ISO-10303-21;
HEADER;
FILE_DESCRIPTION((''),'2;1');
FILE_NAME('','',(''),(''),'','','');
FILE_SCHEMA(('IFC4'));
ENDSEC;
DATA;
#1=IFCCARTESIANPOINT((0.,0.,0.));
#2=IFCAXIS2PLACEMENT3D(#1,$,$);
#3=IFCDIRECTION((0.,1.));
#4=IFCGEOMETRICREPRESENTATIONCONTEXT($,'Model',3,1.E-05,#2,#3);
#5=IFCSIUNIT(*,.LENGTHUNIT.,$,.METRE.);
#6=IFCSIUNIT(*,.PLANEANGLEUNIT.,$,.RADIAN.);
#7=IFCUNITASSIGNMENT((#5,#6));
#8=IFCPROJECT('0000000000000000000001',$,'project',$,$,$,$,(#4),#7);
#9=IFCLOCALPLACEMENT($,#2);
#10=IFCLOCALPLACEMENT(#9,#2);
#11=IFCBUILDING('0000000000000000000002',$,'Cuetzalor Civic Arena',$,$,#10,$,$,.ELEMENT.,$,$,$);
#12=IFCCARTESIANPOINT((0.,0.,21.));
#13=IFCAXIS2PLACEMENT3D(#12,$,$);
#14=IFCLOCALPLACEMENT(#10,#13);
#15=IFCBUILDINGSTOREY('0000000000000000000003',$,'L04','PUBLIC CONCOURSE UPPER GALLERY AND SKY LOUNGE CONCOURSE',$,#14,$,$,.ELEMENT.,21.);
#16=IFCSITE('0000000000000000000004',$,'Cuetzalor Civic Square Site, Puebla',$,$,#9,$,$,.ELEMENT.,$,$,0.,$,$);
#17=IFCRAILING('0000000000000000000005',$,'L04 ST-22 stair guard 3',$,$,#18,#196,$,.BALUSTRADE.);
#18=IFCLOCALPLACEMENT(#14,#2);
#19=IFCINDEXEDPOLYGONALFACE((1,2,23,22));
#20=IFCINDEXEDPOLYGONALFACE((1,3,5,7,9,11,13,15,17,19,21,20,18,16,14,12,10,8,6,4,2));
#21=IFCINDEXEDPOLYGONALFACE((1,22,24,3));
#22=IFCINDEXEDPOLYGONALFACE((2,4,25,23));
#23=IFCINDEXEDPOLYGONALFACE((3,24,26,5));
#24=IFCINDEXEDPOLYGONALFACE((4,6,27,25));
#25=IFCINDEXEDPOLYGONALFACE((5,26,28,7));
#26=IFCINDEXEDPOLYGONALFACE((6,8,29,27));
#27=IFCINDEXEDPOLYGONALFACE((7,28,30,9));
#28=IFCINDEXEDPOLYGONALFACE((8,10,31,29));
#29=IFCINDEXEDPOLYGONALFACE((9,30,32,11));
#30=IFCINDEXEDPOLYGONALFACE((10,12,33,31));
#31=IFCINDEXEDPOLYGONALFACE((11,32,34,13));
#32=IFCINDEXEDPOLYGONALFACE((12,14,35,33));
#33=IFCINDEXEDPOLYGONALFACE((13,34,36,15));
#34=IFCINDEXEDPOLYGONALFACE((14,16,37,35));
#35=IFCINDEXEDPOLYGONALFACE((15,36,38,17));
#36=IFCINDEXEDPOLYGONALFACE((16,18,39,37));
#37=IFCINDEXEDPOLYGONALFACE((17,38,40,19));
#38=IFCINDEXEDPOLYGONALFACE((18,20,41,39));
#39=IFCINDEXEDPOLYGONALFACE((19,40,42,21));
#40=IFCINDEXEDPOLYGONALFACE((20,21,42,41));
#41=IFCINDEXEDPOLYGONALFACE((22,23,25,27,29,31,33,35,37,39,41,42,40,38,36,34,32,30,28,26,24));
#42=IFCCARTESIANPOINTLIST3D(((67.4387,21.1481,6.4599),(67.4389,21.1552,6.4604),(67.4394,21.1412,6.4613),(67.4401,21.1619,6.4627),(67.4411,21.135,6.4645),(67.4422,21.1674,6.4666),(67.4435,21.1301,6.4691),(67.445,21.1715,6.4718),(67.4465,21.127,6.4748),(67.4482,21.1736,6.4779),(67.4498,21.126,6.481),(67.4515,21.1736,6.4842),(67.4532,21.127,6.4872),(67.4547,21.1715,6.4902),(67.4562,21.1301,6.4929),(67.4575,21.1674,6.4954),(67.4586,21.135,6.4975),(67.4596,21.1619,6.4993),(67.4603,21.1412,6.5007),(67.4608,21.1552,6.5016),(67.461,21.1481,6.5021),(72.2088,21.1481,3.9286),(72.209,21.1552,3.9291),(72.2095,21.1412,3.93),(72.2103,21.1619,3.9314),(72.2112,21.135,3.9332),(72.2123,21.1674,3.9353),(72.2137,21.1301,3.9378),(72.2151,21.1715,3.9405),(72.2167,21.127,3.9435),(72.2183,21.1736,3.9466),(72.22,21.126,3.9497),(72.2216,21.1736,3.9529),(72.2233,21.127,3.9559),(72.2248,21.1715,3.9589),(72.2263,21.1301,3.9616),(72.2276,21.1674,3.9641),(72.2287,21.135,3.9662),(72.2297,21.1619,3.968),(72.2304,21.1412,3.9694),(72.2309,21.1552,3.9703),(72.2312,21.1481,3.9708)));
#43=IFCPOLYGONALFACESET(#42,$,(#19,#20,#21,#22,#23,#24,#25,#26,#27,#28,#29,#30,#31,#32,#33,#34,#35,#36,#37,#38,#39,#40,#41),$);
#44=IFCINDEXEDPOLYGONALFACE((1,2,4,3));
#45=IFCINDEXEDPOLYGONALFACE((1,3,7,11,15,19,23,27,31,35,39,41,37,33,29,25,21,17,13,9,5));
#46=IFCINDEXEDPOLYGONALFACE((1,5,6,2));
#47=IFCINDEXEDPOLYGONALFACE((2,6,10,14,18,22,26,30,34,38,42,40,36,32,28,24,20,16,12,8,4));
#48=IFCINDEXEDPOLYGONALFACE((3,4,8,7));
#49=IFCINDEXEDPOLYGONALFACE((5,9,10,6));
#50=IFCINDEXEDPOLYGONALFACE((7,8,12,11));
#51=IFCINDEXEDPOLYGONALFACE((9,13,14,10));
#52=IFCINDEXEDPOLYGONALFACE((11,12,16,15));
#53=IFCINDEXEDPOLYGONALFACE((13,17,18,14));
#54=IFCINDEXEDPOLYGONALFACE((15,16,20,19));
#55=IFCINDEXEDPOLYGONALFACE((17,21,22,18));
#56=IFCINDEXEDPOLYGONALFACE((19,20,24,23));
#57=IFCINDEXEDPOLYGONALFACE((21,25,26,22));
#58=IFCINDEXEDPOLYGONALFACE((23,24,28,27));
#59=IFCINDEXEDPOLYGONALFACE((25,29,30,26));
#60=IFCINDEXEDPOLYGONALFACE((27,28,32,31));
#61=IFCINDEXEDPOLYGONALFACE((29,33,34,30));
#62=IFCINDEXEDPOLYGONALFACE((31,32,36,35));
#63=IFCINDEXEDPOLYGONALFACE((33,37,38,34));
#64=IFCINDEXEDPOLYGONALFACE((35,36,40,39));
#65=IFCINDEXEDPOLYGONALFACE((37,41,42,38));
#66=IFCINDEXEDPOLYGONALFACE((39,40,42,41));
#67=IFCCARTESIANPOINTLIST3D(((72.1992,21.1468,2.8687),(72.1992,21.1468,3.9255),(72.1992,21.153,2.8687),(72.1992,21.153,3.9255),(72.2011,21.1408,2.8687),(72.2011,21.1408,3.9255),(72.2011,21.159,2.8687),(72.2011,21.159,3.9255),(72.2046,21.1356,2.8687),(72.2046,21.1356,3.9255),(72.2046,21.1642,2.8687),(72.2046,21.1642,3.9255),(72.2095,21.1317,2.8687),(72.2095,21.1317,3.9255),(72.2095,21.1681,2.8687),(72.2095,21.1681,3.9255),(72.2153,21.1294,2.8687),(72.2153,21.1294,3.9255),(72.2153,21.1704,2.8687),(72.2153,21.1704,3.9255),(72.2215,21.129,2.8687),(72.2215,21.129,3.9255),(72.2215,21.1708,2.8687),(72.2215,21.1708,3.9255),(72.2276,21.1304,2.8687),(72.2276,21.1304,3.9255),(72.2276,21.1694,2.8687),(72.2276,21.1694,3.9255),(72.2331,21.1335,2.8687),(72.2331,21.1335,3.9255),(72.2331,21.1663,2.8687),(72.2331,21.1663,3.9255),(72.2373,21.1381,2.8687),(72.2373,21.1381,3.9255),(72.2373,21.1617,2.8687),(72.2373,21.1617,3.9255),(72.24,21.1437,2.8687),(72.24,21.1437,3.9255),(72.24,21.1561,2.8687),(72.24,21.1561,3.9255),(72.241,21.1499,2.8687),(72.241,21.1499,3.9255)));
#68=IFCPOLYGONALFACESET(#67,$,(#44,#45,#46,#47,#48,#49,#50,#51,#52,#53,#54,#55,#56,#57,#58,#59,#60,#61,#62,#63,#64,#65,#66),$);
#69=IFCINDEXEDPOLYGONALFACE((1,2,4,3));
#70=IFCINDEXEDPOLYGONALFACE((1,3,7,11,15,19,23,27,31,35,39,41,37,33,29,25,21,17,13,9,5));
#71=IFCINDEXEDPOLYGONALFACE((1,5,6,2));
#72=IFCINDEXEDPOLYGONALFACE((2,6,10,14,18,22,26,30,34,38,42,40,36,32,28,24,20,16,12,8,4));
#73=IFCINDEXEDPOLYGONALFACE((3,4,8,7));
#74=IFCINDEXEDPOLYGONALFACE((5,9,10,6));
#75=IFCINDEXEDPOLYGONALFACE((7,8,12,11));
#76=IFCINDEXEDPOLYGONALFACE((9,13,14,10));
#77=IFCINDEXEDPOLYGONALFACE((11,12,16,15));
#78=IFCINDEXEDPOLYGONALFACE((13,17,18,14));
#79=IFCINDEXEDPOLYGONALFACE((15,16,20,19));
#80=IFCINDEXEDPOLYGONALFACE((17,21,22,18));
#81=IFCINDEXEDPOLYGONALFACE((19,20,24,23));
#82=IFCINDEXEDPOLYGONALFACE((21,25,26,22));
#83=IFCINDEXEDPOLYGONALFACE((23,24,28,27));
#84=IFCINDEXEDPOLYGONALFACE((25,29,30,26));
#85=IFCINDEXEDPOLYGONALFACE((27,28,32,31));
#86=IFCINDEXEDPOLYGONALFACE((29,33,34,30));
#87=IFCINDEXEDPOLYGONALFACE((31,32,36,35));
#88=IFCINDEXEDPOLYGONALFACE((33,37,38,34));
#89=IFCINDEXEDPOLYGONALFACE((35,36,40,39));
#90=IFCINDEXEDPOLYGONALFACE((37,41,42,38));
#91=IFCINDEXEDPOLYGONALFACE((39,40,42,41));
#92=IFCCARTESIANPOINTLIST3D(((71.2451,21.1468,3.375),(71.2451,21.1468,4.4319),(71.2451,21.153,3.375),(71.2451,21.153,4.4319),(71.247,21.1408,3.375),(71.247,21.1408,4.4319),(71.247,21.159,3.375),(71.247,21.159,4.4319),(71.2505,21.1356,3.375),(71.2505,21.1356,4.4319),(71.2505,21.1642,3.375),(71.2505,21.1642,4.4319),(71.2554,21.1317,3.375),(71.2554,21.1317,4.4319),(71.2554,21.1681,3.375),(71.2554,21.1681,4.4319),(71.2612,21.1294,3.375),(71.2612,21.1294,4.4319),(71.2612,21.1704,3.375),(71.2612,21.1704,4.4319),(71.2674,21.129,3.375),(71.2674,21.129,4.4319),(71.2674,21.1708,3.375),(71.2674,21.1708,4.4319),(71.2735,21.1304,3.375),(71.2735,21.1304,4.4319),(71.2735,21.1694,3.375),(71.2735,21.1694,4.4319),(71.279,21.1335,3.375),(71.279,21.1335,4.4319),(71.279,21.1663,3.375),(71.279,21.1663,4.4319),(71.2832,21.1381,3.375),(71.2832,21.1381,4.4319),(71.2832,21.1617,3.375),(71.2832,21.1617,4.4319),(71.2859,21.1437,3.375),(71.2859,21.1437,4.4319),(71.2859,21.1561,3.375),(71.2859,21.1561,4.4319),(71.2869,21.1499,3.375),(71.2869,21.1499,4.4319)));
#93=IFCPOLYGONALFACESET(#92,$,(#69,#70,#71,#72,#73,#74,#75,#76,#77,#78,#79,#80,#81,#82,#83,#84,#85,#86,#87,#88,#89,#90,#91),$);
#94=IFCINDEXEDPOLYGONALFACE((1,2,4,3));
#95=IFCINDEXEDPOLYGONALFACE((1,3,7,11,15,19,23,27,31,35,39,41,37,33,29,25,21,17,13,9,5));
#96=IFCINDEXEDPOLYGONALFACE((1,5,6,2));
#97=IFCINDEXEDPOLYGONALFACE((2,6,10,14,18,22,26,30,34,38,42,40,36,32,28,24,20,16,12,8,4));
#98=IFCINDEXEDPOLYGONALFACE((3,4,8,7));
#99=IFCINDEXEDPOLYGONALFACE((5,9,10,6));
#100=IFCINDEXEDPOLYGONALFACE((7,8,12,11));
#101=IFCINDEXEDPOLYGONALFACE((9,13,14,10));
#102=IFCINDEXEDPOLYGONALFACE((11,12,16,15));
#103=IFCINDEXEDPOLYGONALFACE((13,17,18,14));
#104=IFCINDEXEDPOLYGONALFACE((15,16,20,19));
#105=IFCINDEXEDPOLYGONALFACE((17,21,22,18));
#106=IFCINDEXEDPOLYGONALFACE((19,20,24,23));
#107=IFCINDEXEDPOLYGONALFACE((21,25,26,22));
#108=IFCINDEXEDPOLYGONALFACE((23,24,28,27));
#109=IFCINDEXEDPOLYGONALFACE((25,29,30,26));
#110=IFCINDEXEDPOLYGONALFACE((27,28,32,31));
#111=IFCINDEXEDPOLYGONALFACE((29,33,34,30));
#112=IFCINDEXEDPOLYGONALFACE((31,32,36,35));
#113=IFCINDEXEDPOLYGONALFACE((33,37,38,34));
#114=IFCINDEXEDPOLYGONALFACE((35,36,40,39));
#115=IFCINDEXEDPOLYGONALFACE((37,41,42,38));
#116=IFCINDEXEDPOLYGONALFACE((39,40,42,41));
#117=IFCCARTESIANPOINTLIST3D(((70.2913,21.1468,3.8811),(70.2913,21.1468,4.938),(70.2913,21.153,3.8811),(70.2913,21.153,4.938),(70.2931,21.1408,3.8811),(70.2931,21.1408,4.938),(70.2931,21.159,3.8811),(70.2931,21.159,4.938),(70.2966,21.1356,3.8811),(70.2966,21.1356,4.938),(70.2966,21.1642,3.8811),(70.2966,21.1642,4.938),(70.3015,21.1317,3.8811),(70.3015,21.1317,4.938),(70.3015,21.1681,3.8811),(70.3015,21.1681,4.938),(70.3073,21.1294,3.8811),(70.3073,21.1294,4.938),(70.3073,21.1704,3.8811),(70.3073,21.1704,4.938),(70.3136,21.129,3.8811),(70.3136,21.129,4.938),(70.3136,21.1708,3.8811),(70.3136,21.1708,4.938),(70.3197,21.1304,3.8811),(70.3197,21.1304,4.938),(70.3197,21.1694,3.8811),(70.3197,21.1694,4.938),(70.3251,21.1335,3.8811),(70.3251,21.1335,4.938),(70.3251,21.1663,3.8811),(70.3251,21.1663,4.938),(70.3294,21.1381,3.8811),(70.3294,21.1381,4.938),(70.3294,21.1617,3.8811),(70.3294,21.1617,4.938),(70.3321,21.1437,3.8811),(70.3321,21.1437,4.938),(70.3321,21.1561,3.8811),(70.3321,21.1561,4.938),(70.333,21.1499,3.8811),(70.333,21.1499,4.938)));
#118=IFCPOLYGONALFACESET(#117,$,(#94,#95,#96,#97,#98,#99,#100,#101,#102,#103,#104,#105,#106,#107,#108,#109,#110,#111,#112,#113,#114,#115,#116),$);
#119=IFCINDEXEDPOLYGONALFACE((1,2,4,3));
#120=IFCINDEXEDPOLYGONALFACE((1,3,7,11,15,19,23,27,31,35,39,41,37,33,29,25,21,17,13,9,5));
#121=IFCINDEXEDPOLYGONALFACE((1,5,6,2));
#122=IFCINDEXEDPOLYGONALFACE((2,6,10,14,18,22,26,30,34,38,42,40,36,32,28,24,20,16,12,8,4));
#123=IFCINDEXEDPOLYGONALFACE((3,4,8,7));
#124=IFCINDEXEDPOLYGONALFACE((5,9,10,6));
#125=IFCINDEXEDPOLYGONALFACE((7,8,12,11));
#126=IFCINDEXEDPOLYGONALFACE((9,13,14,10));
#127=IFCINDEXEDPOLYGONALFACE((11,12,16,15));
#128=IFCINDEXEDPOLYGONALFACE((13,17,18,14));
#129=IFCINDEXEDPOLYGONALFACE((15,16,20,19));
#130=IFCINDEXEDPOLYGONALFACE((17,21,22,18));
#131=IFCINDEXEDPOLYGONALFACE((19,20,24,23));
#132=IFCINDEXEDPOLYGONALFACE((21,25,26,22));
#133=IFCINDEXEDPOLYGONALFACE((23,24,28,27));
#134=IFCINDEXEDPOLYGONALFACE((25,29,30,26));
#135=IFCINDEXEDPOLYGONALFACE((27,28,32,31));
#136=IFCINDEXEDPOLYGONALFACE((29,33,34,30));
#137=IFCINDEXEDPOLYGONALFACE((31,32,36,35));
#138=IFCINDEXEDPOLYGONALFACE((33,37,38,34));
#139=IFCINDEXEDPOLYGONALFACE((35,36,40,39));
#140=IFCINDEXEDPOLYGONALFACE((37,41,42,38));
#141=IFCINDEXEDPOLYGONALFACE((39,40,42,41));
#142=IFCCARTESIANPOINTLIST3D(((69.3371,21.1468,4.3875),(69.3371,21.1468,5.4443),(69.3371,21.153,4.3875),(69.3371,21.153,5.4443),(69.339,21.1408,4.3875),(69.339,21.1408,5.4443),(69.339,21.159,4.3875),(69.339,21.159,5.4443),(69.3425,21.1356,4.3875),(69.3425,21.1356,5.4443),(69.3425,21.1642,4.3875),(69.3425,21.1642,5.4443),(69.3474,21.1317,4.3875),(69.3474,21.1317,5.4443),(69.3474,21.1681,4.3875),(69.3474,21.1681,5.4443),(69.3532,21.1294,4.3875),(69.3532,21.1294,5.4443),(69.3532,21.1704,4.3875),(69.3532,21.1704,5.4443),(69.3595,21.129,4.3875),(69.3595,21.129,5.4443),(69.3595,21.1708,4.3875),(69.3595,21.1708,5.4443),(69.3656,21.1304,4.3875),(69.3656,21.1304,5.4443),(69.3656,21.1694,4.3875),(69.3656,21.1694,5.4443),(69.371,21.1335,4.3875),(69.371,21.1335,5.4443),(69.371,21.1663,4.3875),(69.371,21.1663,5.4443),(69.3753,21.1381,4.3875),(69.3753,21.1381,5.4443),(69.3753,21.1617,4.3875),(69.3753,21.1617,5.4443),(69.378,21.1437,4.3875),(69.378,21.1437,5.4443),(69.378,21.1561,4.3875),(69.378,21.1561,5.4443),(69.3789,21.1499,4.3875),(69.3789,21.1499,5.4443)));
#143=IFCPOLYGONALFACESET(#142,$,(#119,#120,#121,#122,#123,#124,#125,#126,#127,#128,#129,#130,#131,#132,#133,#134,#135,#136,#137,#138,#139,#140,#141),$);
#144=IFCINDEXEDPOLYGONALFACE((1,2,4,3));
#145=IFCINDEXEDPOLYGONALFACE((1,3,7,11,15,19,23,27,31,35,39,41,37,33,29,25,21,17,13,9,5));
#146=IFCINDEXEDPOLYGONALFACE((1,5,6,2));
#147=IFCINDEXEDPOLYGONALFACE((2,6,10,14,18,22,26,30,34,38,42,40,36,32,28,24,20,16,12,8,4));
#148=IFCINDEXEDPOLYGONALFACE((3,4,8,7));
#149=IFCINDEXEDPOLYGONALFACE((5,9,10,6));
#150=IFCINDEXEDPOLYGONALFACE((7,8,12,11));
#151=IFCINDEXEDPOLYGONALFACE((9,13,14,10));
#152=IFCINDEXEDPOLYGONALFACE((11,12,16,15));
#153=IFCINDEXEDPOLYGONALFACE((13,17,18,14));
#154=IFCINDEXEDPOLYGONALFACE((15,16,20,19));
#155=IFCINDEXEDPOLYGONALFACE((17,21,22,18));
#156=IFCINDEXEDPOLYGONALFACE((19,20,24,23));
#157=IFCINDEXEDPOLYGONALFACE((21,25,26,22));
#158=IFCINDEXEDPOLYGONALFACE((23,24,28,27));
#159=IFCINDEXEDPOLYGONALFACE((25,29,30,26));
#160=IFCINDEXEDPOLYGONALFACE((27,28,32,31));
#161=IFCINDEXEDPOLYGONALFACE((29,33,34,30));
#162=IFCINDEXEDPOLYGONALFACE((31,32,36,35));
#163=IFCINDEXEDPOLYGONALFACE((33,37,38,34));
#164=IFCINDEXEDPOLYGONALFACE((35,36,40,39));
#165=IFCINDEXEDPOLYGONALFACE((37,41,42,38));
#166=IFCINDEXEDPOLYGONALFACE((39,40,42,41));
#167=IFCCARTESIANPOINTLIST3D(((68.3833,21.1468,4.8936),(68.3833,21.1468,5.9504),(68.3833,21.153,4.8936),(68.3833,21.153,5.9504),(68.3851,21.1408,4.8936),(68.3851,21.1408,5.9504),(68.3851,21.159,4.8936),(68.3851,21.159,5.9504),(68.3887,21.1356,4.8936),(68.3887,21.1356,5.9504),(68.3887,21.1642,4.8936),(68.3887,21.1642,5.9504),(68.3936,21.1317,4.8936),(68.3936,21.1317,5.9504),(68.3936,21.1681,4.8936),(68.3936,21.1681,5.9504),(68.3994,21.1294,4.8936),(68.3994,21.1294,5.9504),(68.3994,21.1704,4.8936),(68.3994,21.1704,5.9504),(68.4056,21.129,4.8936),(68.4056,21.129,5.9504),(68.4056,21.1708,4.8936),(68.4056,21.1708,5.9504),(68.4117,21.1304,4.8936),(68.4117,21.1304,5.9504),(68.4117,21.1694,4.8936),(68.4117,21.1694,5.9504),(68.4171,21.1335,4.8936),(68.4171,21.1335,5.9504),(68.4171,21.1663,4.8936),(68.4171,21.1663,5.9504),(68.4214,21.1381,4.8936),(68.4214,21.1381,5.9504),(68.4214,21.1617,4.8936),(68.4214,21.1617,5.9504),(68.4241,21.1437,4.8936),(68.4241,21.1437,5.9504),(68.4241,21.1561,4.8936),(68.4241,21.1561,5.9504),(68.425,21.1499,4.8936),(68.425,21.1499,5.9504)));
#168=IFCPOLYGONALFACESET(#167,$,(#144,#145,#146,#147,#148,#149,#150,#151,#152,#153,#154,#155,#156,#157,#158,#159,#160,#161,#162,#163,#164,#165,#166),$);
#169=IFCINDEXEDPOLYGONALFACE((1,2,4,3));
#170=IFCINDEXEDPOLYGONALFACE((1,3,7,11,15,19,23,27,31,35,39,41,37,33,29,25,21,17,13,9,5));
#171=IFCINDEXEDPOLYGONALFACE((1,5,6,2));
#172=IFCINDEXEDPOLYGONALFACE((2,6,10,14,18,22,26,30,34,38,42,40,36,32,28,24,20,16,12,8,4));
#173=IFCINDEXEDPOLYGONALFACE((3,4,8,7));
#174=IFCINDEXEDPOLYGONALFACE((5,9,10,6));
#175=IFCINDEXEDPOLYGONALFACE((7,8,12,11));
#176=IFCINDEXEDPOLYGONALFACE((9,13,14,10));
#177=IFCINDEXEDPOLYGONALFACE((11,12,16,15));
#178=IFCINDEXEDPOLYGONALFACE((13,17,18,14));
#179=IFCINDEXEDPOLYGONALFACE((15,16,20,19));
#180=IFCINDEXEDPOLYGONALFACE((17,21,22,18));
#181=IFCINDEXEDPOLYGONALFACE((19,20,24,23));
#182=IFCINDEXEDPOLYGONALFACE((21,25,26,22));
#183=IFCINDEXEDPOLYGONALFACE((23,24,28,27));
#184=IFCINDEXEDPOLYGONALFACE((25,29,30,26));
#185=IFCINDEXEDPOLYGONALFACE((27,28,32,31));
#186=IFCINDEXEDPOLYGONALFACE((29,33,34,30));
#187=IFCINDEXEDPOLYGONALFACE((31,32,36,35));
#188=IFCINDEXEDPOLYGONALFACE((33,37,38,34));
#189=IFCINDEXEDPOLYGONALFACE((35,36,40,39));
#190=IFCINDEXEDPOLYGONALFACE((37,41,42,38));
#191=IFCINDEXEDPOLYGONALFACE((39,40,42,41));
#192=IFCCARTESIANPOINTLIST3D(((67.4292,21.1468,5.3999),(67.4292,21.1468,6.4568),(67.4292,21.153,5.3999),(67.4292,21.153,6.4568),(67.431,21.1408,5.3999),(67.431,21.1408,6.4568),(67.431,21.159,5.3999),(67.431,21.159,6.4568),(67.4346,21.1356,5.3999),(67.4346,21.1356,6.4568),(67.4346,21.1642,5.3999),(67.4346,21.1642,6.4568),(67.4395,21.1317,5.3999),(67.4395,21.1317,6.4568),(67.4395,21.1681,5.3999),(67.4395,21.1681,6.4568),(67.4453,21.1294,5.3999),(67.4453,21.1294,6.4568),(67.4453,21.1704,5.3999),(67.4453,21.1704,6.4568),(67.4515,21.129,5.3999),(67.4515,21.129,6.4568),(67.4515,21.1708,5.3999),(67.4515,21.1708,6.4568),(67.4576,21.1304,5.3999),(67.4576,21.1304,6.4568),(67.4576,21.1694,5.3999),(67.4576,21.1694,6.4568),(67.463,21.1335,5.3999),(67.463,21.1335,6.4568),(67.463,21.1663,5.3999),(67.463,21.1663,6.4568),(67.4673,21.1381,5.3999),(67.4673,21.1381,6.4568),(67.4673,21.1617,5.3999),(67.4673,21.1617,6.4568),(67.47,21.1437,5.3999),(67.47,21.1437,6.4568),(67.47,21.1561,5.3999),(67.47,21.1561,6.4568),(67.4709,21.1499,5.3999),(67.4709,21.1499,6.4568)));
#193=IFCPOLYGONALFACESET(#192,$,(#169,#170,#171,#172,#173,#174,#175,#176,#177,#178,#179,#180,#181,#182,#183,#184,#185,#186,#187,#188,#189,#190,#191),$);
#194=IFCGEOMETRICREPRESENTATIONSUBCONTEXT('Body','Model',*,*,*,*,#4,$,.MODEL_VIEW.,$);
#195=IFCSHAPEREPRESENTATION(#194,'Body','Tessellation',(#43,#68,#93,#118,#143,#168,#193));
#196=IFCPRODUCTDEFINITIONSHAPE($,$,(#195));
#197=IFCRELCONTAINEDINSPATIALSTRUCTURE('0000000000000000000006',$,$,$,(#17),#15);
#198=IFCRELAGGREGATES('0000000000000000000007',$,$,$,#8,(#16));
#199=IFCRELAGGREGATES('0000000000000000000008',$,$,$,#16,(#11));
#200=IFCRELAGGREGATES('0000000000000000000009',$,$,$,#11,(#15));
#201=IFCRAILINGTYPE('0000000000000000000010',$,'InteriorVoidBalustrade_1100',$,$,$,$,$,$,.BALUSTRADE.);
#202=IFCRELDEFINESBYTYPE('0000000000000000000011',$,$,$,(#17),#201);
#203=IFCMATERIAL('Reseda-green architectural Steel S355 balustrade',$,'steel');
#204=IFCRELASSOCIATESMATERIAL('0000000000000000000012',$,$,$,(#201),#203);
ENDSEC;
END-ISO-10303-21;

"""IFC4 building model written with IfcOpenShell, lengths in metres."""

from ifc_helpers import new_model, si_unit, direction, frame, origin, origin_2d, place, context, subcontext, project, spatial, circle, extrude, material, type_object, element, save


model = new_model("IFC4")

# Units and contexts
model_context = context("Model", 3, precision=1e-05, world=origin(), true_north=direction((0.0, 1.0)))
body_context = subcontext(model_context, "Body", "Model", "MODEL_VIEW")
ifc_project = project(units=[si_unit("LENGTHUNIT", "METRE"), si_unit("PLANEANGLEUNIT", "RADIAN")], contexts=[model_context])

# Site, building, storey
site_placement = place(None, origin())
site = spatial("IfcSite", under=ifc_project, at=site_placement, Name="Cuetzalor Civic Square Site, Puebla", CompositionType="ELEMENT", RefElevation=0.0)
building_placement = place(site_placement, origin())
building = spatial("IfcBuilding", under=site, at=building_placement, Name="Cuetzalor Civic Arena", CompositionType="ELEMENT")
storey_placement = place(building_placement, frame((0.0, 0.0, 21.0)))
storey = spatial("IfcBuildingStorey", under=building, at=storey_placement, Name="L04", Description="PUBLIC CONCOURSE UPPER GALLERY AND SKY LOUNGE CONCOURSE", CompositionType="ELEMENT", Elevation=21.0)

# Railing
ifc_material_1 = material(Name="Reseda-green architectural Steel S355 balustrade", Category="steel")
railing_type_1 = type_object("IfcRailingType", Name="InteriorVoidBalustrade_1100", PredefinedType="BALUSTRADE", material=ifc_material_1)
railing_1_placement = place(storey_placement, frame((72.22, 21.1499, 2.8687)))
element("IfcRailing", 1, at=railing_1_placement, inside=storey, type_object=railing_type_1, Name="L04 ST-22 stair guard 3", PredefinedType="BALUSTRADE", context=body_context, shape_type="SweptSolid", body=[
    extrude(circle(Radius=0.0239, at=origin_2d()), frame((0.0, 0.0, 1.0811), z_axis=(-0.883332, 0.0, 0.468747), x_axis=(0.0, -1.0, 0.0)), (0.0, 0.0, 1.0), 5.4001),
    extrude(circle(Radius=0.021, at=origin_2d()), origin(), (0.0, 0.0, 1.0), 1.0569),
    extrude(circle(Radius=0.021, at=origin_2d()), frame((-0.9541, 0.0, 0.5063)), (0.0, 0.0, 1.0), 1.0569),
    extrude(circle(Radius=0.021, at=origin_2d()), frame((-1.908, 0.0, 1.0125)), (0.0, 0.0, 1.0), 1.0569),
    extrude(circle(Radius=0.021, at=origin_2d()), frame((-2.8621, 0.0, 1.5188)), (0.0, 0.0, 1.0), 1.0569),
    extrude(circle(Radius=0.021, at=origin_2d()), frame((-3.8159, 0.0, 2.0249)), (0.0, 0.0, 1.0), 1.0569),
    extrude(circle(Radius=0.021, at=origin_2d()), frame((-4.77, 0.0, 2.5312)), (0.0, 0.0, 1.0), 1.0569),
])

save(model, "model.ifc")
